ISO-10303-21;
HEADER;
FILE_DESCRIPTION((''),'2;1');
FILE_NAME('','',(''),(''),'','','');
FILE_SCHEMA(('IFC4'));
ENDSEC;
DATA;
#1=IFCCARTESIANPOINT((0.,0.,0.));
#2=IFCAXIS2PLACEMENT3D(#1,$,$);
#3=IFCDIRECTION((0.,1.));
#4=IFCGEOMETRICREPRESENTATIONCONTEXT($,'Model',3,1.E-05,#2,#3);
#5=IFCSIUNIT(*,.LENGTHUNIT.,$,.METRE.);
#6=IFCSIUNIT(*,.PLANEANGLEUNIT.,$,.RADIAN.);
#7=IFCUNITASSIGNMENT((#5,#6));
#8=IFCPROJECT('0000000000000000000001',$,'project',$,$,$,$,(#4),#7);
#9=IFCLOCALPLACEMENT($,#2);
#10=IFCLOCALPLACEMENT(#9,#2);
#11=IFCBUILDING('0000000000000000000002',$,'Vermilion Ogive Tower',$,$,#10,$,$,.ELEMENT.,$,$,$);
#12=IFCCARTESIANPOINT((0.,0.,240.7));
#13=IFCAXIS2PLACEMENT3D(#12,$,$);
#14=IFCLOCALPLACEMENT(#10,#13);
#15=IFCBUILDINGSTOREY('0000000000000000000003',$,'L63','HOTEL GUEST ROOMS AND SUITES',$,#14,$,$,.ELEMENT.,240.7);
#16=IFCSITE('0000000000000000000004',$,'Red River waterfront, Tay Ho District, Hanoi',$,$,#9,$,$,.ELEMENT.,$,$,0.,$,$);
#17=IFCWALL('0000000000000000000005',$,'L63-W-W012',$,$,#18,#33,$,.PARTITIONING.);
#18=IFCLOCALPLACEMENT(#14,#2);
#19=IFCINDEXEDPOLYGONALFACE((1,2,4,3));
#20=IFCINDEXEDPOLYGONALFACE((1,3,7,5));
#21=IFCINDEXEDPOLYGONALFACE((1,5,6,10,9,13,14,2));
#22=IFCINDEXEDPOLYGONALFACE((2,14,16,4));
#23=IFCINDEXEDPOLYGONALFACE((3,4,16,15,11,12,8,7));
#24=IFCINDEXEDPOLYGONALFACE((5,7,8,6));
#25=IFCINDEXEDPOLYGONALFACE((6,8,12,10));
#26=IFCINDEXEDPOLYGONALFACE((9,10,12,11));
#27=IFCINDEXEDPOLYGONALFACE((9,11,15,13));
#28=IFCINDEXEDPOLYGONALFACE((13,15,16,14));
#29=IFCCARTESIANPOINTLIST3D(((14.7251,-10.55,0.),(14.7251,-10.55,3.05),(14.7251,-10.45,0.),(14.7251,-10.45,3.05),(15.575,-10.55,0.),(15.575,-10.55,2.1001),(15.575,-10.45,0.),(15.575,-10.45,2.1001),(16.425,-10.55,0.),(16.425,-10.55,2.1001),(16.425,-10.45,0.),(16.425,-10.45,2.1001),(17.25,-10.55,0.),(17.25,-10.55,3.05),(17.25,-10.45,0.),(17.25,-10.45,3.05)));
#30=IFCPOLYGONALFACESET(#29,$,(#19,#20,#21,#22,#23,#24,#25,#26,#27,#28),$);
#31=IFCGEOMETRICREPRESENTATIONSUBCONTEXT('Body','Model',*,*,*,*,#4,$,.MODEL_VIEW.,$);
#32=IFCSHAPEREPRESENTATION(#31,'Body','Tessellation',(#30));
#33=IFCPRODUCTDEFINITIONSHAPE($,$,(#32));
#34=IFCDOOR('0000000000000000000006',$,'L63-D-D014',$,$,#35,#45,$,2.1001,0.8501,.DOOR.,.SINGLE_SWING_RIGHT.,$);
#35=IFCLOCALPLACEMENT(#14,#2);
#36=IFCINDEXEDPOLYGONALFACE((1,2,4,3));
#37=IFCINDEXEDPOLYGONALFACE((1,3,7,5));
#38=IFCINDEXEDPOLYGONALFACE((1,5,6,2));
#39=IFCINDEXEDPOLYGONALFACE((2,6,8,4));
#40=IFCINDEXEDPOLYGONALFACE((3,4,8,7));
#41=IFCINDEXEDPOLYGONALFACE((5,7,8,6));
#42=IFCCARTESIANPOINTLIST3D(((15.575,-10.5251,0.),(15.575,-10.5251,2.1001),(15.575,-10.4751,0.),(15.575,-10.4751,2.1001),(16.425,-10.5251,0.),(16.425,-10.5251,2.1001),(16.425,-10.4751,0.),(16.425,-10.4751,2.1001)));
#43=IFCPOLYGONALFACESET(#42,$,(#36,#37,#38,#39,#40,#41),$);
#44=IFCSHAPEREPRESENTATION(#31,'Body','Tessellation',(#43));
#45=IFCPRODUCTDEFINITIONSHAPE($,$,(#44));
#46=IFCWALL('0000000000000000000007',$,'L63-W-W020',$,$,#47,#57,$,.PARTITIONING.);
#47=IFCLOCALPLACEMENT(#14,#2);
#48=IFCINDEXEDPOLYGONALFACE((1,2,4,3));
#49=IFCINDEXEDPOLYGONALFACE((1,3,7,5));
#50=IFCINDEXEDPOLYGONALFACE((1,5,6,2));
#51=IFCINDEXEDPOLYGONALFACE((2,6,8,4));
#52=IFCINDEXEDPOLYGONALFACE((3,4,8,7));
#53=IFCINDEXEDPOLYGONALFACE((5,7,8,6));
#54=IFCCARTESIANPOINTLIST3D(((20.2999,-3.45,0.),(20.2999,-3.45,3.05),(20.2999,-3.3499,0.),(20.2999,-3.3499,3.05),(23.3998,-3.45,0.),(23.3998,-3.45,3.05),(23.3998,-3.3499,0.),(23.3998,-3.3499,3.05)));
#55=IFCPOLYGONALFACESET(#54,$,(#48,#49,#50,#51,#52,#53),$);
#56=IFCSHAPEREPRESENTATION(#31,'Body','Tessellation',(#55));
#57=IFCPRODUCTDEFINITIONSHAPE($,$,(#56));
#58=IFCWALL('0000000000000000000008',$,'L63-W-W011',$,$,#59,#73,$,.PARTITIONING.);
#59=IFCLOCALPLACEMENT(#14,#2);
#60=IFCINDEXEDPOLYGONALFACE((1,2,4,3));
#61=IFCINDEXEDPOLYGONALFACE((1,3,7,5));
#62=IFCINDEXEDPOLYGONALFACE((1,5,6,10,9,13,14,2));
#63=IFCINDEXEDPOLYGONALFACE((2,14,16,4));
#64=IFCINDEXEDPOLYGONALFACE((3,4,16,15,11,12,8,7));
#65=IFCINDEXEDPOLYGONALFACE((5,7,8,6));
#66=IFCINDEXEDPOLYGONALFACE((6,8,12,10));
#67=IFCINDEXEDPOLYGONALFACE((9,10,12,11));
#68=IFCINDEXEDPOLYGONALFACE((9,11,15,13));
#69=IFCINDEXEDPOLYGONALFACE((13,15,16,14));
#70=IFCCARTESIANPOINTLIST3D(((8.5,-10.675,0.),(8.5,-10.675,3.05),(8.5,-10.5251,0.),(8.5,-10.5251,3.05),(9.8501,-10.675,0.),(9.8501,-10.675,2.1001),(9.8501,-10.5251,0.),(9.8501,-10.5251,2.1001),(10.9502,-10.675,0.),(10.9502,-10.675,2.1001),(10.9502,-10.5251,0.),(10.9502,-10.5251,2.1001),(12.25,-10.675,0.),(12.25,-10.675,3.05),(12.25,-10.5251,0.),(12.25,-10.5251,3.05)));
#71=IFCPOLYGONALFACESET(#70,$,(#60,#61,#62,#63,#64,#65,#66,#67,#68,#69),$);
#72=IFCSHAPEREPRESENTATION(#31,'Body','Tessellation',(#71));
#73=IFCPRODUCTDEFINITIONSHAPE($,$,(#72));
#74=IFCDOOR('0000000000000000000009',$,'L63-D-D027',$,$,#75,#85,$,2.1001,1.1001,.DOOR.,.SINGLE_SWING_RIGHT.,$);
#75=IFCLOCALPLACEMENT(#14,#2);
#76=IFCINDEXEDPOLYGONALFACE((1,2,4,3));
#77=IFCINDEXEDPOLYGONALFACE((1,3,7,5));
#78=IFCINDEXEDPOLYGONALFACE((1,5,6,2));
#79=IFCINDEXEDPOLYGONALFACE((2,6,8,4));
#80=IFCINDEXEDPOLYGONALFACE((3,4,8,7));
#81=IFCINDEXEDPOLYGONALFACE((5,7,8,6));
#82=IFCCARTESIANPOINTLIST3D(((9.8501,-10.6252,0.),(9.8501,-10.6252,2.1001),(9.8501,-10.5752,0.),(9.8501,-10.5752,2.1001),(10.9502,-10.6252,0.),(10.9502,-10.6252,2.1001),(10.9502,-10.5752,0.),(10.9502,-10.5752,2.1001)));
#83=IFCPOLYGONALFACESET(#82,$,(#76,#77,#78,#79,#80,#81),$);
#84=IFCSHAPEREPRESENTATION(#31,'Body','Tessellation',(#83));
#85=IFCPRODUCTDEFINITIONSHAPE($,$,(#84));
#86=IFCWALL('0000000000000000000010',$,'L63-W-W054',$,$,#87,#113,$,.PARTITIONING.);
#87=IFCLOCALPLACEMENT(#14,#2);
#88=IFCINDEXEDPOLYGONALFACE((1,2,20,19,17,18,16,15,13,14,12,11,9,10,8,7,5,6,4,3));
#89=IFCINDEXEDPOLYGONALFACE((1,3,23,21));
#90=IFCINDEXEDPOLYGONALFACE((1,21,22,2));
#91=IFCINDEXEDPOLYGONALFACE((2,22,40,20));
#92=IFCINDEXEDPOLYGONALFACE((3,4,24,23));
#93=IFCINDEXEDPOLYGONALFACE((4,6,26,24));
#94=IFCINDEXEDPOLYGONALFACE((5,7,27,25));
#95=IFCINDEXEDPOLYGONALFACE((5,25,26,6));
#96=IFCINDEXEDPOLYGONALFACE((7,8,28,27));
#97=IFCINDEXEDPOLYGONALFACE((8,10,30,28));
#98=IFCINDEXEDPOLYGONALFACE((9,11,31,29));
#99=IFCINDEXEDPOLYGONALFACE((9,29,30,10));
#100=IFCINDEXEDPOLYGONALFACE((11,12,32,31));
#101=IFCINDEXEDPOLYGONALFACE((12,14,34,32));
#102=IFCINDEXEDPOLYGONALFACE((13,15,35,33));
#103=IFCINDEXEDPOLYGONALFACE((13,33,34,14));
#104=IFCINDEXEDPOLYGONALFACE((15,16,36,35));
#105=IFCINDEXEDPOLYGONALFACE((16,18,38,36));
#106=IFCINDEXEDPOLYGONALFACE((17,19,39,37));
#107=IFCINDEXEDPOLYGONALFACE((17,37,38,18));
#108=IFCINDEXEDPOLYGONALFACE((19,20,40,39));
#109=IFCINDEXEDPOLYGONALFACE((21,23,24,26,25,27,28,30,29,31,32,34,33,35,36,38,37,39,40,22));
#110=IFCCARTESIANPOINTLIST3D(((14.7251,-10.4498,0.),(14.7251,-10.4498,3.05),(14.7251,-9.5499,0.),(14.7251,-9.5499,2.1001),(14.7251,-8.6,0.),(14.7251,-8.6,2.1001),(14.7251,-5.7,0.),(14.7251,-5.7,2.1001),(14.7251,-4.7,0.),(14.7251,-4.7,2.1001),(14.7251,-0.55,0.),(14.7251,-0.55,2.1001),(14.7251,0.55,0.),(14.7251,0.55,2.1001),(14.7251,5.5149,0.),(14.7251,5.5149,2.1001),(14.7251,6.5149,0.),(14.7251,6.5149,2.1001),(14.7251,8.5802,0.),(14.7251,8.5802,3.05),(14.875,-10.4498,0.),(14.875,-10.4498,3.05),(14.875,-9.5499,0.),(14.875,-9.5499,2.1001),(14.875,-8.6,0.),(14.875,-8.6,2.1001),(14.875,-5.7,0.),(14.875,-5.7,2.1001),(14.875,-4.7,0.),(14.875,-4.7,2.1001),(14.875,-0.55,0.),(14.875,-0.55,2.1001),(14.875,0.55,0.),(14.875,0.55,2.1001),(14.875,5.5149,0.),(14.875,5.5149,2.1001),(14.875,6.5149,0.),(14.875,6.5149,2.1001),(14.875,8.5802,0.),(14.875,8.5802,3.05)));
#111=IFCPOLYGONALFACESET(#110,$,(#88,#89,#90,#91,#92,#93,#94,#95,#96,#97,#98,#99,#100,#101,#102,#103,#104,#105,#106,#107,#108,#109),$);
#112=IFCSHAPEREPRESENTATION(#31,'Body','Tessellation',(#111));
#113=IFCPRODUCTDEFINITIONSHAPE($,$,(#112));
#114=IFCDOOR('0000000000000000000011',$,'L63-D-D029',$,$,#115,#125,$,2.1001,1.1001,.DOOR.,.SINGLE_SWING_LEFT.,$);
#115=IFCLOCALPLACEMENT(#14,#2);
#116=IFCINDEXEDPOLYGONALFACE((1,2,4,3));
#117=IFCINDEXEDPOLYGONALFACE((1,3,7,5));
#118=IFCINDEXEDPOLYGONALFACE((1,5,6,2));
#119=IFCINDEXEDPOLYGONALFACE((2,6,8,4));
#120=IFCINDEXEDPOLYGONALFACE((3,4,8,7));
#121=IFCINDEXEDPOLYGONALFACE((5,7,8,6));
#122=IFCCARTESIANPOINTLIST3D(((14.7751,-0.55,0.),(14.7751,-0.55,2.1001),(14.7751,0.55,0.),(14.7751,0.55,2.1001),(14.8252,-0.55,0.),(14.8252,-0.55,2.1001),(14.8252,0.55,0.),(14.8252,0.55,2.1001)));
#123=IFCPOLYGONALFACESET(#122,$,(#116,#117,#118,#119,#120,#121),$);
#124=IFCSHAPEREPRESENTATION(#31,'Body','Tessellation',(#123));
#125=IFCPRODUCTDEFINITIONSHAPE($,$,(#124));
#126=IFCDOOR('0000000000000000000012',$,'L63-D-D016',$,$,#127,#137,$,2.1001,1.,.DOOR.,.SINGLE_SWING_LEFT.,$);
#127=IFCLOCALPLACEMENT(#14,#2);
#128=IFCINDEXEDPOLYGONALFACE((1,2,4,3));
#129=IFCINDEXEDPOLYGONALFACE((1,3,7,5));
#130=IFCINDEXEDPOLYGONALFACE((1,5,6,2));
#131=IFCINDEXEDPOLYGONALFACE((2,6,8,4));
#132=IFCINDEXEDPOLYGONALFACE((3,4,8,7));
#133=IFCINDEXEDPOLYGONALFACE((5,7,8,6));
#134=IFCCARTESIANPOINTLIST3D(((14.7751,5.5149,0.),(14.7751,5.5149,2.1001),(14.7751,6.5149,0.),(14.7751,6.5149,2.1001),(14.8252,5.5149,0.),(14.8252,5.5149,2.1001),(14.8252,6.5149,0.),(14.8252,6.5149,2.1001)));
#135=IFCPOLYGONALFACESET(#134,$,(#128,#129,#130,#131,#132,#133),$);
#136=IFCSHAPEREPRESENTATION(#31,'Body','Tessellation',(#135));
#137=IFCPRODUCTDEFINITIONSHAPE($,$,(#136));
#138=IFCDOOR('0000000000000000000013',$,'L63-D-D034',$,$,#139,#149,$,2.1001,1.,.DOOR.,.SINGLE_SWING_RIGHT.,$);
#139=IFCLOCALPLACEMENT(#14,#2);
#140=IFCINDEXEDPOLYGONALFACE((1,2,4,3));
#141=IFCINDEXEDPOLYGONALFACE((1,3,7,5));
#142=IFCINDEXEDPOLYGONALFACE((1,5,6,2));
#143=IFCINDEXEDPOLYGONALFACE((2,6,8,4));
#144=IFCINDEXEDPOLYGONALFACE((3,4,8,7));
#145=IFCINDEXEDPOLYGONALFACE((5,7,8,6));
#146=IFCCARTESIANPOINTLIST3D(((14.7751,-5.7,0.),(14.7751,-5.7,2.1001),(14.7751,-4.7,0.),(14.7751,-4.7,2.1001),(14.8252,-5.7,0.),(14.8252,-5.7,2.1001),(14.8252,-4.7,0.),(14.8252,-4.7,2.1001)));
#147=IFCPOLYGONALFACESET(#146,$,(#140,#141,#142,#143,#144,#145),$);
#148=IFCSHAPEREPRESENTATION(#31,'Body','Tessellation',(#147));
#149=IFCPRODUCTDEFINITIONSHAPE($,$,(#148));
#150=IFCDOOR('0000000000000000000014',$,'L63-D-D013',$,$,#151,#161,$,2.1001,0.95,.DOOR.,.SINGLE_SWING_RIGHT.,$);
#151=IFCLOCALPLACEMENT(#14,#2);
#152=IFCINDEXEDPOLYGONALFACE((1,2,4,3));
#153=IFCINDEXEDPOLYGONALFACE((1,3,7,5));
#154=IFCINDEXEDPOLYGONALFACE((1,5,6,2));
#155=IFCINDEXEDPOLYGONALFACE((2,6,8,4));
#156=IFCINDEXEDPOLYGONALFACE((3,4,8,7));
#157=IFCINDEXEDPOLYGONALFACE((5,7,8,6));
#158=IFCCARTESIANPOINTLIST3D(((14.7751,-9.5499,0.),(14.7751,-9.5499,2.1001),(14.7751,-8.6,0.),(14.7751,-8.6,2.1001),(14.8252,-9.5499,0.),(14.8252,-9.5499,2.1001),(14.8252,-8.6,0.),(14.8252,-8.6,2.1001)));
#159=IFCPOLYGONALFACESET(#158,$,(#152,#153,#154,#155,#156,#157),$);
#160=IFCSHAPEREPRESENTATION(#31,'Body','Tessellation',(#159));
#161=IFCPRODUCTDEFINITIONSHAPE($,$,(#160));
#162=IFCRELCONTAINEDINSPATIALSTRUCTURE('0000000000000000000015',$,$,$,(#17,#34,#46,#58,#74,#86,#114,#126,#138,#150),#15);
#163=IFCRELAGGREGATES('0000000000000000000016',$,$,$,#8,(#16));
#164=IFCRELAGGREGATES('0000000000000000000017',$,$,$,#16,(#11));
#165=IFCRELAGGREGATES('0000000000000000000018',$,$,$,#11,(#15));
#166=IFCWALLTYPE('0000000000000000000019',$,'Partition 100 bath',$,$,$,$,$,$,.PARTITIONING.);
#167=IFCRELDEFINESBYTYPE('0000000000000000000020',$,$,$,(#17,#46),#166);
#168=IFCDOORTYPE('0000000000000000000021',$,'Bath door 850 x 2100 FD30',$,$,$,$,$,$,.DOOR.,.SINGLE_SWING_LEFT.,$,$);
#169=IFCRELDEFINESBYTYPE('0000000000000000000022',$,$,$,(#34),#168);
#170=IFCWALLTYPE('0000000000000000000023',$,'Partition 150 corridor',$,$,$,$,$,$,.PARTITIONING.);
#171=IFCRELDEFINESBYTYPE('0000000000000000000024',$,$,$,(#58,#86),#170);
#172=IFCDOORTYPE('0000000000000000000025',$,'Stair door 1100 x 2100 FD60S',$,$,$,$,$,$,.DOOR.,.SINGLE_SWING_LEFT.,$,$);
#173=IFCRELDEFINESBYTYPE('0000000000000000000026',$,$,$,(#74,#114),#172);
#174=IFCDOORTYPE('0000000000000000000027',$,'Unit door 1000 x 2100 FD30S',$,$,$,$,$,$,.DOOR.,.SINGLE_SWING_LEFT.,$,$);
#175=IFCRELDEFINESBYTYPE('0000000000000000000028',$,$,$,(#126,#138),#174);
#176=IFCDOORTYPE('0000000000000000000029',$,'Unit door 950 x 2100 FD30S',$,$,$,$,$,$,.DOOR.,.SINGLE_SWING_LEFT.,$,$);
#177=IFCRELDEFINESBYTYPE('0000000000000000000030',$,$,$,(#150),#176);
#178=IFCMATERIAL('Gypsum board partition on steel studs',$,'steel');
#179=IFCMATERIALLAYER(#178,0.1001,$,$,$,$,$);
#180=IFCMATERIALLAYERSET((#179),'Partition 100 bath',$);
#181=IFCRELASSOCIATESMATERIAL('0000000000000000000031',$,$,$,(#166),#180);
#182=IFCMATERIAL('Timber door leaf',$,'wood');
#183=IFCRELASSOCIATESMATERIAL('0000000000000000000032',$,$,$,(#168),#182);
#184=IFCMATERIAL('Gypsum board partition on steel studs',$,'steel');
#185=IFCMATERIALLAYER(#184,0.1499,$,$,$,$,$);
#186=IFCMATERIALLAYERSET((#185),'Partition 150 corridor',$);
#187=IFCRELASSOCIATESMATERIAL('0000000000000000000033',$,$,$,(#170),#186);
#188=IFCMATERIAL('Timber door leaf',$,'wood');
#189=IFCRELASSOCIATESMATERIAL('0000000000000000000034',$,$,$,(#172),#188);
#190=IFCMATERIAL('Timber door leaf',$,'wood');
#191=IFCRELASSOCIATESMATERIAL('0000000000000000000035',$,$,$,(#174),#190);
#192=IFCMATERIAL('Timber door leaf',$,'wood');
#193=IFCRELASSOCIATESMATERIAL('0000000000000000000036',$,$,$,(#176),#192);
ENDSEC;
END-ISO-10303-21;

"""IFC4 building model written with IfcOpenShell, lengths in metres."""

from ifc_helpers import new_model, si_unit, direction, frame, frame_2d, origin, place, context, subcontext, project, spatial, rectangle, extrude, material, layer, layer_set, type_object, element, fill, save


model = new_model("IFC4")

# Units and contexts
model_context = context("Model", 3, precision=1e-05, world=origin(), true_north=direction((0.0, 1.0)))
body_context = subcontext(model_context, "Body", "Model", "MODEL_VIEW")
ifc_project = project(units=[si_unit("LENGTHUNIT", "METRE"), si_unit("PLANEANGLEUNIT", "RADIAN")], contexts=[model_context])

# Site, building, storey
site_placement = place(None, origin())
site = spatial("IfcSite", under=ifc_project, at=site_placement, Name="Red River waterfront, Tay Ho District, Hanoi", CompositionType="ELEMENT", RefElevation=0.0)
building_placement = place(site_placement, origin())
building = spatial("IfcBuilding", under=site, at=building_placement, Name="Vermilion Ogive Tower", CompositionType="ELEMENT")
storey_placement = place(building_placement, frame((0.0, 0.0, 240.7)))
storey = spatial("IfcBuildingStorey", under=building, at=storey_placement, Name="L63", Description="HOTEL GUEST ROOMS AND SUITES", CompositionType="ELEMENT", Elevation=240.7)

# Wall, opening, door
ifc_material_1 = material(Name="Gypsum board partition on steel studs", Category="steel")
ifc_layer_1 = layer(ifc_material_1, 0.1001)
ifc_layer_set_1 = layer_set([ifc_layer_1], Name="Partition 100 bath")
wall_type_1 = type_object("IfcWallType", Name="Partition 100 bath", PredefinedType="PARTITIONING", material=ifc_layer_set_1)
wall_1_placement = place(storey_placement, frame((14.7251, -10.5, 0.0), z_axis=(0.0, 0.0, 1.0), x_axis=(1.0, 0.0, 0.0)))
wall_1 = element("IfcWall", 1, at=wall_1_placement, inside=storey, type_object=wall_type_1, Name="L63-W-W012", PredefinedType="PARTITIONING", context=body_context, shape_type="SweptSolid", body=[
    extrude(rectangle(XDim=2.5249, YDim=0.1001, at=frame_2d((1.2625, 0.0))), origin(), (0.0, 0.0, 1.0), 3.05),
])
opening_1_placement = place(wall_1_placement, frame((0.8499, 0.0, 0.0)))
opening_1 = element("IfcOpeningElement", 2, at=opening_1_placement, cuts=wall_1, PredefinedType="OPENING", context=body_context, shape_type="SweptSolid", body=[
    extrude(rectangle(XDim=0.8501, YDim=2.1001, at=frame_2d((0.425, 1.05))), frame((0.0, 0.0601, 0.0), z_axis=(0.0, -1.0, 0.0), x_axis=(1.0, 0.0, 0.0)), (0.0, 0.0, 1.0), 0.1201),
])
ifc_material_2 = material(Name="Timber door leaf", Category="wood")
door_type_1 = type_object("IfcDoorType", Name="Bath door 850 x 2100 FD30", OperationType="SINGLE_SWING_LEFT", PredefinedType="DOOR", material=ifc_material_2)
door_1_placement = place(opening_1_placement, origin())
door_1 = element("IfcDoor", 3, at=door_1_placement, inside=storey, type_object=door_type_1, Name="L63-D-D014", OperationType="SINGLE_SWING_RIGHT", OverallHeight=2.1001, OverallWidth=0.8501, PredefinedType="DOOR", context=body_context, shape_type="SweptSolid", body=[
    extrude(rectangle(XDim=0.8501, YDim=2.1001, at=frame_2d((0.425, 1.05))), frame((0.0, 0.0249, 0.0), z_axis=(0.0, -1.0, 0.0), x_axis=(1.0, 0.0, 0.0)), (0.0, 0.0, 1.0), 0.05),
])
fill(opening_1, door_1)

# Wall
wall_2_placement = place(storey_placement, frame((20.3, -3.3999, 0.0), z_axis=(0.0, 0.0, 1.0), x_axis=(1.0, 0.0, 0.0)))
element("IfcWall", 4, at=wall_2_placement, inside=storey, type_object=wall_type_1, Name="L63-W-W020", PredefinedType="PARTITIONING", context=body_context, shape_type="SweptSolid", body=[
    extrude(rectangle(XDim=3.0999, YDim=0.1001, at=frame_2d((1.5498, 0.0))), origin(), (0.0, 0.0, 1.0), 3.05),
])

# Wall, opening, door
ifc_material_3 = material(Name="Gypsum board partition on steel studs", Category="steel")
ifc_layer_2 = layer(ifc_material_3, 0.1499)
ifc_layer_set_2 = layer_set([ifc_layer_2], Name="Partition 150 corridor")
wall_type_2 = type_object("IfcWallType", Name="Partition 150 corridor", PredefinedType="PARTITIONING", material=ifc_layer_set_2)
wall_3_placement = place(storey_placement, frame((8.5, -10.6001, 0.0), z_axis=(0.0, 0.0, 1.0), x_axis=(1.0, 0.0, 0.0)))
wall_3 = element("IfcWall", 5, at=wall_3_placement, inside=storey, type_object=wall_type_2, Name="L63-W-W011", PredefinedType="PARTITIONING", context=body_context, shape_type="SweptSolid", body=[
    extrude(rectangle(XDim=3.75, YDim=0.1499, at=frame_2d((1.875, 0.0))), origin(), (0.0, 0.0, 1.0), 3.05),
])
opening_2_placement = place(wall_3_placement, frame((1.3501, 0.0, 0.0)))
opening_2 = element("IfcOpeningElement", 6, at=opening_2_placement, cuts=wall_3, PredefinedType="OPENING", context=body_context, shape_type="SweptSolid", body=[
    extrude(rectangle(XDim=1.1001, YDim=2.1001, at=frame_2d((0.55, 1.05))), frame((0.0, 0.085, 0.0), z_axis=(0.0, -1.0, 0.0), x_axis=(1.0, 0.0, 0.0)), (0.0, 0.0, 1.0), 0.1699),
])
ifc_material_4 = material(Name="Timber door leaf", Category="wood")
door_type_2 = type_object("IfcDoorType", Name="Stair door 1100 x 2100 FD60S", OperationType="SINGLE_SWING_LEFT", PredefinedType="DOOR", material=ifc_material_4)
door_2_placement = place(opening_2_placement, origin())
door_2 = element("IfcDoor", 7, at=door_2_placement, inside=storey, type_object=door_type_2, Name="L63-D-D027", OperationType="SINGLE_SWING_RIGHT", OverallHeight=2.1001, OverallWidth=1.1001, PredefinedType="DOOR", context=body_context, shape_type="SweptSolid", body=[
    extrude(rectangle(XDim=1.1001, YDim=2.1001, at=frame_2d((0.55, 1.05))), frame((0.0, 0.0249, 0.0), z_axis=(0.0, -1.0, 0.0), x_axis=(1.0, 0.0, 0.0)), (0.0, 0.0, 1.0), 0.05),
])
fill(opening_2, door_2)

# Wall, openings, doors
wall_4_placement = place(storey_placement, frame((14.8, -10.45, 0.0), z_axis=(0.0, 0.0, 1.0), x_axis=(0.0, 1.0, 0.0)))
wall_4 = element("IfcWall", 8, at=wall_4_placement, inside=storey, type_object=wall_type_2, Name="L63-W-W054", PredefinedType="PARTITIONING", context=body_context, shape_type="SweptSolid", body=[
    extrude(rectangle(XDim=19.03, YDim=0.1499, at=frame_2d((9.5151, 0.0))), origin(), (0.0, 0.0, 1.0), 3.05),
])
opening_3_placement = place(wall_4_placement, frame((0.8999, 0.0, 0.0)))
opening_3 = element("IfcOpeningElement", 9, at=opening_3_placement, cuts=wall_4, PredefinedType="OPENING", context=body_context, shape_type="SweptSolid", body=[
    extrude(rectangle(XDim=0.95, YDim=2.1001, at=frame_2d((0.4751, 1.05))), frame((0.0, 0.085, 0.0), z_axis=(0.0, -1.0, 0.0), x_axis=(1.0, 0.0, 0.0)), (0.0, 0.0, 1.0), 0.1699),
])
opening_4_placement = place(wall_4_placement, frame((15.9648, 0.0, 0.0)))
opening_4 = element("IfcOpeningElement", 10, at=opening_4_placement, cuts=wall_4, PredefinedType="OPENING", context=body_context, shape_type="SweptSolid", body=[
    extrude(rectangle(XDim=1.0, YDim=2.1001, at=frame_2d((0.5, 1.05))), frame((0.0, 0.085, 0.0), z_axis=(0.0, -1.0, 0.0), x_axis=(1.0, 0.0, 0.0)), (0.0, 0.0, 1.0), 0.1699),
])
opening_5_placement = place(wall_4_placement, frame((9.8999, 0.0, 0.0)))
opening_5 = element("IfcOpeningElement", 11, at=opening_5_placement, cuts=wall_4, PredefinedType="OPENING", context=body_context, shape_type="SweptSolid", body=[
    extrude(rectangle(XDim=1.1001, YDim=2.1001, at=frame_2d((0.55, 1.05))), frame((0.0, 0.085, 0.0), z_axis=(0.0, -1.0, 0.0), x_axis=(1.0, 0.0, 0.0)), (0.0, 0.0, 1.0), 0.1699),
])
opening_6_placement = place(wall_4_placement, frame((4.75, 0.0, 0.0)))
opening_6 = element("IfcOpeningElement", 12, at=opening_6_placement, cuts=wall_4, PredefinedType="OPENING", context=body_context, shape_type="SweptSolid", body=[
    extrude(rectangle(XDim=1.0, YDim=2.1001, at=frame_2d((0.5, 1.05))), frame((0.0, 0.085, 0.0), z_axis=(0.0, -1.0, 0.0), x_axis=(1.0, 0.0, 0.0)), (0.0, 0.0, 1.0), 0.1699),
])
door_3_placement = place(opening_5_placement, origin())
door_3 = element("IfcDoor", 13, at=door_3_placement, inside=storey, type_object=door_type_2, Name="L63-D-D029", OperationType="SINGLE_SWING_LEFT", OverallHeight=2.1001, OverallWidth=1.1001, PredefinedType="DOOR", context=body_context, shape_type="SweptSolid", body=[
    extrude(rectangle(XDim=1.1001, YDim=2.1001, at=frame_2d((0.55, 1.05))), frame((0.0, 0.0249, 0.0), z_axis=(0.0, -1.0, 0.0), x_axis=(1.0, 0.0, 0.0)), (0.0, 0.0, 1.0), 0.05),
])
fill(opening_5, door_3)
ifc_material_5 = material(Name="Timber door leaf", Category="wood")
door_type_3 = type_object("IfcDoorType", Name="Unit door 1000 x 2100 FD30S", OperationType="SINGLE_SWING_LEFT", PredefinedType="DOOR", material=ifc_material_5)
door_4_placement = place(opening_4_placement, origin())
door_4 = element("IfcDoor", 14, at=door_4_placement, inside=storey, type_object=door_type_3, Name="L63-D-D016", OperationType="SINGLE_SWING_LEFT", OverallHeight=2.1001, OverallWidth=1.0, PredefinedType="DOOR", context=body_context, shape_type="SweptSolid", body=[
    extrude(rectangle(XDim=1.0, YDim=2.1001, at=frame_2d((0.5, 1.05))), frame((0.0, 0.0249, 0.0), z_axis=(0.0, -1.0, 0.0), x_axis=(1.0, 0.0, 0.0)), (0.0, 0.0, 1.0), 0.05),
])
fill(opening_4, door_4)
door_5_placement = place(opening_6_placement, origin())
door_5 = element("IfcDoor", 15, at=door_5_placement, inside=storey, type_object=door_type_3, Name="L63-D-D034", OperationType="SINGLE_SWING_RIGHT", OverallHeight=2.1001, OverallWidth=1.0, PredefinedType="DOOR", context=body_context, shape_type="SweptSolid", body=[
    extrude(rectangle(XDim=1.0, YDim=2.1001, at=frame_2d((0.5, 1.05))), frame((0.0, 0.0249, 0.0), z_axis=(0.0, -1.0, 0.0), x_axis=(1.0, 0.0, 0.0)), (0.0, 0.0, 1.0), 0.05),
])
fill(opening_6, door_5)
ifc_material_6 = material(Name="Timber door leaf", Category="wood")
door_type_4 = type_object("IfcDoorType", Name="Unit door 950 x 2100 FD30S", OperationType="SINGLE_SWING_LEFT", PredefinedType="DOOR", material=ifc_material_6)
door_6_placement = place(opening_3_placement, origin())
door_6 = element("IfcDoor", 16, at=door_6_placement, inside=storey, type_object=door_type_4, Name="L63-D-D013", OperationType="SINGLE_SWING_RIGHT", OverallHeight=2.1001, OverallWidth=0.95, PredefinedType="DOOR", context=body_context, shape_type="SweptSolid", body=[
    extrude(rectangle(XDim=0.95, YDim=2.1001, at=frame_2d((0.4751, 1.05))), frame((0.0, 0.0249, 0.0), z_axis=(0.0, -1.0, 0.0), x_axis=(1.0, 0.0, 0.0)), (0.0, 0.0, 1.0), 0.05),
])
fill(opening_3, door_6)

save(model, "model.ifc")
